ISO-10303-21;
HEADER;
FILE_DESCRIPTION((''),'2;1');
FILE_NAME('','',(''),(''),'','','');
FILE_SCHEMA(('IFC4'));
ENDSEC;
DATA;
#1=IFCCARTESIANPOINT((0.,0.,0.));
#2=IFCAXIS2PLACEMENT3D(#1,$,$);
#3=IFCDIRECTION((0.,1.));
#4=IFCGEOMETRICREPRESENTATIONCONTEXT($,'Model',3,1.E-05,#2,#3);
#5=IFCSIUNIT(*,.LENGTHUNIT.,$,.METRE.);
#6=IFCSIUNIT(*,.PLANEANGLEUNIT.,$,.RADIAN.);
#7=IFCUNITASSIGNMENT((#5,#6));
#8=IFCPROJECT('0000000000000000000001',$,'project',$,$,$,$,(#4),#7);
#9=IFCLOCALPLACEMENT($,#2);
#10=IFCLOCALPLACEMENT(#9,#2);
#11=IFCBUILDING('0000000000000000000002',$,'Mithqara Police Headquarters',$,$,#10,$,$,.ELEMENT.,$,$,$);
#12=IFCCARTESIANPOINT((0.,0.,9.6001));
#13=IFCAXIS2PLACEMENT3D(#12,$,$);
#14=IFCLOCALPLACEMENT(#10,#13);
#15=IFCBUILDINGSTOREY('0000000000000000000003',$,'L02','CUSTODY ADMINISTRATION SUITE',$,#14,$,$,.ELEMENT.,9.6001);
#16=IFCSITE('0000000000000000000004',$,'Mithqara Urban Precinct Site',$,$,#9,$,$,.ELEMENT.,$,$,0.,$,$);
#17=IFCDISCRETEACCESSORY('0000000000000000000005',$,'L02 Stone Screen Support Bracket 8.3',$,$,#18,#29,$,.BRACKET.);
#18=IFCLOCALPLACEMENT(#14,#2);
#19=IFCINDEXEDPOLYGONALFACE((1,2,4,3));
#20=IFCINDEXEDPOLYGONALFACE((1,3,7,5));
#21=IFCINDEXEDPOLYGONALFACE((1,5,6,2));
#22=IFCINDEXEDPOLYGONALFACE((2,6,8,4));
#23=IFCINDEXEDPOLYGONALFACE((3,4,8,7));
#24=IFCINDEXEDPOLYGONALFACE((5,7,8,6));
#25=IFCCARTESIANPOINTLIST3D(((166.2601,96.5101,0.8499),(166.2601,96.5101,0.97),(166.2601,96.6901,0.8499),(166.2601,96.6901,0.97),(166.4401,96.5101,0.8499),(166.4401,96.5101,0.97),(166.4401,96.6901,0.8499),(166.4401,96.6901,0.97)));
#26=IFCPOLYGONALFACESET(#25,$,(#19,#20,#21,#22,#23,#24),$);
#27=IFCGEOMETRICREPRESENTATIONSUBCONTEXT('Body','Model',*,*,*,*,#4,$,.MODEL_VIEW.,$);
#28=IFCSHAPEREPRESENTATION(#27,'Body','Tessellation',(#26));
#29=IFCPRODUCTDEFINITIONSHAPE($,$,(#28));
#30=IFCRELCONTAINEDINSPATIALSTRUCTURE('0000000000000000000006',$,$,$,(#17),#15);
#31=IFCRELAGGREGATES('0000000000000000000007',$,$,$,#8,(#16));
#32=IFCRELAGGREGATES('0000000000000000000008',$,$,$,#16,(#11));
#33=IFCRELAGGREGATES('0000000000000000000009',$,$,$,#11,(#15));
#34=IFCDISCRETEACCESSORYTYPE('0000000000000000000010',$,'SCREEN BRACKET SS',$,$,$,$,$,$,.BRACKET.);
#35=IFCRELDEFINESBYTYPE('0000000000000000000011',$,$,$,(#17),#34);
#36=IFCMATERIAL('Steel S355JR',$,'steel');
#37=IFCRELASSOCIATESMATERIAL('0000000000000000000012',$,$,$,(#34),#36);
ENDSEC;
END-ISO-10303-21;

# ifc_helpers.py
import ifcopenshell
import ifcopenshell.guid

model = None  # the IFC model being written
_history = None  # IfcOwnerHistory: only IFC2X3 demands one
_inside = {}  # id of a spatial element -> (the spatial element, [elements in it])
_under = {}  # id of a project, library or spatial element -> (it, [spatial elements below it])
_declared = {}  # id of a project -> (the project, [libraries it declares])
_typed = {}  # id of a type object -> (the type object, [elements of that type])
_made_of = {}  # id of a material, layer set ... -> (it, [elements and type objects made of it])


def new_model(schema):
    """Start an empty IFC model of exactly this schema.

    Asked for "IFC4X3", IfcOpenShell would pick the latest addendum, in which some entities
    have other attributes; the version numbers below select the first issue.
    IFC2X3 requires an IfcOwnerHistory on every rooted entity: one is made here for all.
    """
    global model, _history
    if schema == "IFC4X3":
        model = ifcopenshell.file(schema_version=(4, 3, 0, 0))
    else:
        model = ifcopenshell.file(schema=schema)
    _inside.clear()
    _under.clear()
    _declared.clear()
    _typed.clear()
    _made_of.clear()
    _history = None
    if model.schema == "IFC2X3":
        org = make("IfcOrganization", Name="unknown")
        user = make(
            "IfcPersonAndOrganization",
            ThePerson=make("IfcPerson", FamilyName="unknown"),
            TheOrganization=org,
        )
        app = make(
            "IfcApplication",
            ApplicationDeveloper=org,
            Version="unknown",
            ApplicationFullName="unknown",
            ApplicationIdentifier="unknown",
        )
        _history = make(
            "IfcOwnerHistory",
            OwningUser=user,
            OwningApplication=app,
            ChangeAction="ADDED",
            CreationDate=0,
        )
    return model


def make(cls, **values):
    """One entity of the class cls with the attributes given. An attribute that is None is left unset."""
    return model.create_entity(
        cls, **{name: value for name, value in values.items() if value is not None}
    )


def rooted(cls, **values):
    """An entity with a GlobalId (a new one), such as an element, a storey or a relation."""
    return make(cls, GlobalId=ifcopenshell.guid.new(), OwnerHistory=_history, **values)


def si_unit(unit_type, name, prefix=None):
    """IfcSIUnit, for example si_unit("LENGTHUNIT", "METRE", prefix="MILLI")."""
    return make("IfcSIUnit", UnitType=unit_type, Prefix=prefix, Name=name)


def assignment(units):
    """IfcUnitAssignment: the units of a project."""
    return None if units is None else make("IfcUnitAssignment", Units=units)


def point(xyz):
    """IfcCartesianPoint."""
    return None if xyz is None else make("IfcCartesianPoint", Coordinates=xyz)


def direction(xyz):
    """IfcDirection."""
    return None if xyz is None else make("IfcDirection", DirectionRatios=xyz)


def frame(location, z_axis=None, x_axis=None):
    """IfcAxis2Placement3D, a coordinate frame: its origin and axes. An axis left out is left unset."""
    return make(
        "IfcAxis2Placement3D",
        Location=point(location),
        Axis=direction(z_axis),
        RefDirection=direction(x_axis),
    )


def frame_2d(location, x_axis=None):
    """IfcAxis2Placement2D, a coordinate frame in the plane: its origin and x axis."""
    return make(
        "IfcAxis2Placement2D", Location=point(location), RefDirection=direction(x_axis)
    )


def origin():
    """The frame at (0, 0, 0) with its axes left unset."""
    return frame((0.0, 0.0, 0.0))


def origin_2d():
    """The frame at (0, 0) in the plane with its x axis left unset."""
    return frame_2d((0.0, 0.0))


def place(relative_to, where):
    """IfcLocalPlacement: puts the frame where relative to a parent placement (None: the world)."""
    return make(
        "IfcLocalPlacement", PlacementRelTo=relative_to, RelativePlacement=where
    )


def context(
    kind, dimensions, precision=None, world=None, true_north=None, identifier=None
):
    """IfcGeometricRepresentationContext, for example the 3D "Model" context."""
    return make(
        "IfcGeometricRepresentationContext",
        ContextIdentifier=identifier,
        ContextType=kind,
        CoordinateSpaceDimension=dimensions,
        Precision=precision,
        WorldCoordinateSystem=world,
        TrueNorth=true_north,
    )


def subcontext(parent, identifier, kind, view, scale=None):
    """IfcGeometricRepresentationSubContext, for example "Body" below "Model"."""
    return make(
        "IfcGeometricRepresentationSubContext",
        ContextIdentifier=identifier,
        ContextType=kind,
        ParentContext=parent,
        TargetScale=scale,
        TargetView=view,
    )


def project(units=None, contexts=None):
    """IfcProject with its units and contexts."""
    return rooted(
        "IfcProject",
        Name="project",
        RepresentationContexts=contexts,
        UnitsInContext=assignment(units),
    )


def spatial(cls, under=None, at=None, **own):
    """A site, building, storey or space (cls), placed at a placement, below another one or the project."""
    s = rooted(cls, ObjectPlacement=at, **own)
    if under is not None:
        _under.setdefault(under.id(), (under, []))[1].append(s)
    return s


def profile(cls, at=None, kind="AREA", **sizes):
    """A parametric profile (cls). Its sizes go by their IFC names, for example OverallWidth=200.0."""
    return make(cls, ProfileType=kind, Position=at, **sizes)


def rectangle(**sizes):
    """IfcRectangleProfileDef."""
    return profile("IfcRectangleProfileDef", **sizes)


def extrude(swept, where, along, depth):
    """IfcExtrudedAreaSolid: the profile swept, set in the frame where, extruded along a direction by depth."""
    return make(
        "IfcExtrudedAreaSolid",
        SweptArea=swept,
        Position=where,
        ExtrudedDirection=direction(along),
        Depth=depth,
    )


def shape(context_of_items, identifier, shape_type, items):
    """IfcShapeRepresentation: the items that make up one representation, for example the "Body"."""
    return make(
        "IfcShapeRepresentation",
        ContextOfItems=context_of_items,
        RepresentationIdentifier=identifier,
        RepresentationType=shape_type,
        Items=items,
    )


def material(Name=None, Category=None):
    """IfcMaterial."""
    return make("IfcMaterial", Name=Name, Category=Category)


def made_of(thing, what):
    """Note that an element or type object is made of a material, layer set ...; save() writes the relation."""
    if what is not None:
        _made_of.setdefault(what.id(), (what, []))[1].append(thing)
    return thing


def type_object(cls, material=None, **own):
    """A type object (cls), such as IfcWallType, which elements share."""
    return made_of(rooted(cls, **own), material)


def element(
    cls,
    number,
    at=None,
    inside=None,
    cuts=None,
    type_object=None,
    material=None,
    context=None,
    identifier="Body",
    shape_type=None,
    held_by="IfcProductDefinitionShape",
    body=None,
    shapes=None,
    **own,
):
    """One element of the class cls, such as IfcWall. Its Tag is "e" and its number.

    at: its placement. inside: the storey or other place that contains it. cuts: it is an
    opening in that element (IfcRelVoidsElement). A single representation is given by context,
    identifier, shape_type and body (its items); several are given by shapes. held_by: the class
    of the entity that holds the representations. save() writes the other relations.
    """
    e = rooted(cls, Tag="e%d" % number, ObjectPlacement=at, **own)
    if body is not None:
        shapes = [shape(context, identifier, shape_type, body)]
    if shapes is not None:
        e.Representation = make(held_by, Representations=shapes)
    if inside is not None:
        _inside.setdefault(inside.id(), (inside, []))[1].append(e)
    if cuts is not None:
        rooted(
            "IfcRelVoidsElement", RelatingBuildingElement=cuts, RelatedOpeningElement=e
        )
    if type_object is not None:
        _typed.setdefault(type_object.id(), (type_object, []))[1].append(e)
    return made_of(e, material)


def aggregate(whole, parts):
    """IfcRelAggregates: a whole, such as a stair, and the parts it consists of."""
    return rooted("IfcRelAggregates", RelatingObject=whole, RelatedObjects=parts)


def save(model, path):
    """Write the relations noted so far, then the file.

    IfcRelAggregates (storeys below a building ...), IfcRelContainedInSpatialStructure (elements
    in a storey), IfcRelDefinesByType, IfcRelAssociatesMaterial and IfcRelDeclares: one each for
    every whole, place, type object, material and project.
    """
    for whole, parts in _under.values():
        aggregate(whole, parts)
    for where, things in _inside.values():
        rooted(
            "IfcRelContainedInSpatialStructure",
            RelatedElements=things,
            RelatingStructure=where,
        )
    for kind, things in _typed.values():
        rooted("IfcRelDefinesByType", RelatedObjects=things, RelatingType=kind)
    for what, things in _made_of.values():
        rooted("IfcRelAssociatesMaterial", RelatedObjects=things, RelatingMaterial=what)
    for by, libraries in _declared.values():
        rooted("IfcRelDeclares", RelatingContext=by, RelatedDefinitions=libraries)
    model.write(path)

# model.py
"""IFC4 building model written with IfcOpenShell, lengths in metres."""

from ifc_helpers import new_model, si_unit, direction, frame, origin, origin_2d, place, context, subcontext, project, spatial, rectangle, extrude, material, type_object, element, save


model = new_model("IFC4")

# Units and contexts
model_context = context("Model", 3, precision=1e-05, world=origin(), true_north=direction((0.0, 1.0)))
body_context = subcontext(model_context, "Body", "Model", "MODEL_VIEW")
ifc_project = project(units=[si_unit("LENGTHUNIT", "METRE"), si_unit("PLANEANGLEUNIT", "RADIAN")], contexts=[model_context])

# Site, building, storey
site_placement = place(None, origin())
site = spatial("IfcSite", under=ifc_project, at=site_placement, Name="Mithqara Urban Precinct Site", CompositionType="ELEMENT", RefElevation=0.0)
building_placement = place(site_placement, origin())
building = spatial("IfcBuilding", under=site, at=building_placement, Name="Mithqara Police Headquarters", CompositionType="ELEMENT")
storey_placement = place(building_placement, frame((0.0, 0.0, 9.6001)))
storey = spatial("IfcBuildingStorey", under=building, at=storey_placement, Name="L02", Description="CUSTODY ADMINISTRATION SUITE", CompositionType="ELEMENT", Elevation=9.6001)

# Shared definitions
ifc_material_1 = material(Name="Steel S355JR", Category="steel")

# Discrete accessory
discrete_accessory_type = type_object("IfcDiscreteAccessoryType", Name="SCREEN BRACKET SS", PredefinedType="BRACKET", material=ifc_material_1)
discrete_accessory_placement = place(storey_placement, frame((166.3501, 96.6001, 0.8499), z_axis=(0.0, 0.0, 1.0), x_axis=(0.0, 1.0, 0.0)))
element("IfcDiscreteAccessory", 1, at=discrete_accessory_placement, inside=storey, type_object=discrete_accessory_type, Name="L02 Stone Screen Support Bracket 8.3", PredefinedType="BRACKET", context=body_context, shape_type="SweptSolid", body=[
    extrude(rectangle(XDim=0.1799, YDim=0.1799, at=origin_2d()), origin(), (0.0, 0.0, 1.0), 0.1201),
])

save(model, "model.ifc")
